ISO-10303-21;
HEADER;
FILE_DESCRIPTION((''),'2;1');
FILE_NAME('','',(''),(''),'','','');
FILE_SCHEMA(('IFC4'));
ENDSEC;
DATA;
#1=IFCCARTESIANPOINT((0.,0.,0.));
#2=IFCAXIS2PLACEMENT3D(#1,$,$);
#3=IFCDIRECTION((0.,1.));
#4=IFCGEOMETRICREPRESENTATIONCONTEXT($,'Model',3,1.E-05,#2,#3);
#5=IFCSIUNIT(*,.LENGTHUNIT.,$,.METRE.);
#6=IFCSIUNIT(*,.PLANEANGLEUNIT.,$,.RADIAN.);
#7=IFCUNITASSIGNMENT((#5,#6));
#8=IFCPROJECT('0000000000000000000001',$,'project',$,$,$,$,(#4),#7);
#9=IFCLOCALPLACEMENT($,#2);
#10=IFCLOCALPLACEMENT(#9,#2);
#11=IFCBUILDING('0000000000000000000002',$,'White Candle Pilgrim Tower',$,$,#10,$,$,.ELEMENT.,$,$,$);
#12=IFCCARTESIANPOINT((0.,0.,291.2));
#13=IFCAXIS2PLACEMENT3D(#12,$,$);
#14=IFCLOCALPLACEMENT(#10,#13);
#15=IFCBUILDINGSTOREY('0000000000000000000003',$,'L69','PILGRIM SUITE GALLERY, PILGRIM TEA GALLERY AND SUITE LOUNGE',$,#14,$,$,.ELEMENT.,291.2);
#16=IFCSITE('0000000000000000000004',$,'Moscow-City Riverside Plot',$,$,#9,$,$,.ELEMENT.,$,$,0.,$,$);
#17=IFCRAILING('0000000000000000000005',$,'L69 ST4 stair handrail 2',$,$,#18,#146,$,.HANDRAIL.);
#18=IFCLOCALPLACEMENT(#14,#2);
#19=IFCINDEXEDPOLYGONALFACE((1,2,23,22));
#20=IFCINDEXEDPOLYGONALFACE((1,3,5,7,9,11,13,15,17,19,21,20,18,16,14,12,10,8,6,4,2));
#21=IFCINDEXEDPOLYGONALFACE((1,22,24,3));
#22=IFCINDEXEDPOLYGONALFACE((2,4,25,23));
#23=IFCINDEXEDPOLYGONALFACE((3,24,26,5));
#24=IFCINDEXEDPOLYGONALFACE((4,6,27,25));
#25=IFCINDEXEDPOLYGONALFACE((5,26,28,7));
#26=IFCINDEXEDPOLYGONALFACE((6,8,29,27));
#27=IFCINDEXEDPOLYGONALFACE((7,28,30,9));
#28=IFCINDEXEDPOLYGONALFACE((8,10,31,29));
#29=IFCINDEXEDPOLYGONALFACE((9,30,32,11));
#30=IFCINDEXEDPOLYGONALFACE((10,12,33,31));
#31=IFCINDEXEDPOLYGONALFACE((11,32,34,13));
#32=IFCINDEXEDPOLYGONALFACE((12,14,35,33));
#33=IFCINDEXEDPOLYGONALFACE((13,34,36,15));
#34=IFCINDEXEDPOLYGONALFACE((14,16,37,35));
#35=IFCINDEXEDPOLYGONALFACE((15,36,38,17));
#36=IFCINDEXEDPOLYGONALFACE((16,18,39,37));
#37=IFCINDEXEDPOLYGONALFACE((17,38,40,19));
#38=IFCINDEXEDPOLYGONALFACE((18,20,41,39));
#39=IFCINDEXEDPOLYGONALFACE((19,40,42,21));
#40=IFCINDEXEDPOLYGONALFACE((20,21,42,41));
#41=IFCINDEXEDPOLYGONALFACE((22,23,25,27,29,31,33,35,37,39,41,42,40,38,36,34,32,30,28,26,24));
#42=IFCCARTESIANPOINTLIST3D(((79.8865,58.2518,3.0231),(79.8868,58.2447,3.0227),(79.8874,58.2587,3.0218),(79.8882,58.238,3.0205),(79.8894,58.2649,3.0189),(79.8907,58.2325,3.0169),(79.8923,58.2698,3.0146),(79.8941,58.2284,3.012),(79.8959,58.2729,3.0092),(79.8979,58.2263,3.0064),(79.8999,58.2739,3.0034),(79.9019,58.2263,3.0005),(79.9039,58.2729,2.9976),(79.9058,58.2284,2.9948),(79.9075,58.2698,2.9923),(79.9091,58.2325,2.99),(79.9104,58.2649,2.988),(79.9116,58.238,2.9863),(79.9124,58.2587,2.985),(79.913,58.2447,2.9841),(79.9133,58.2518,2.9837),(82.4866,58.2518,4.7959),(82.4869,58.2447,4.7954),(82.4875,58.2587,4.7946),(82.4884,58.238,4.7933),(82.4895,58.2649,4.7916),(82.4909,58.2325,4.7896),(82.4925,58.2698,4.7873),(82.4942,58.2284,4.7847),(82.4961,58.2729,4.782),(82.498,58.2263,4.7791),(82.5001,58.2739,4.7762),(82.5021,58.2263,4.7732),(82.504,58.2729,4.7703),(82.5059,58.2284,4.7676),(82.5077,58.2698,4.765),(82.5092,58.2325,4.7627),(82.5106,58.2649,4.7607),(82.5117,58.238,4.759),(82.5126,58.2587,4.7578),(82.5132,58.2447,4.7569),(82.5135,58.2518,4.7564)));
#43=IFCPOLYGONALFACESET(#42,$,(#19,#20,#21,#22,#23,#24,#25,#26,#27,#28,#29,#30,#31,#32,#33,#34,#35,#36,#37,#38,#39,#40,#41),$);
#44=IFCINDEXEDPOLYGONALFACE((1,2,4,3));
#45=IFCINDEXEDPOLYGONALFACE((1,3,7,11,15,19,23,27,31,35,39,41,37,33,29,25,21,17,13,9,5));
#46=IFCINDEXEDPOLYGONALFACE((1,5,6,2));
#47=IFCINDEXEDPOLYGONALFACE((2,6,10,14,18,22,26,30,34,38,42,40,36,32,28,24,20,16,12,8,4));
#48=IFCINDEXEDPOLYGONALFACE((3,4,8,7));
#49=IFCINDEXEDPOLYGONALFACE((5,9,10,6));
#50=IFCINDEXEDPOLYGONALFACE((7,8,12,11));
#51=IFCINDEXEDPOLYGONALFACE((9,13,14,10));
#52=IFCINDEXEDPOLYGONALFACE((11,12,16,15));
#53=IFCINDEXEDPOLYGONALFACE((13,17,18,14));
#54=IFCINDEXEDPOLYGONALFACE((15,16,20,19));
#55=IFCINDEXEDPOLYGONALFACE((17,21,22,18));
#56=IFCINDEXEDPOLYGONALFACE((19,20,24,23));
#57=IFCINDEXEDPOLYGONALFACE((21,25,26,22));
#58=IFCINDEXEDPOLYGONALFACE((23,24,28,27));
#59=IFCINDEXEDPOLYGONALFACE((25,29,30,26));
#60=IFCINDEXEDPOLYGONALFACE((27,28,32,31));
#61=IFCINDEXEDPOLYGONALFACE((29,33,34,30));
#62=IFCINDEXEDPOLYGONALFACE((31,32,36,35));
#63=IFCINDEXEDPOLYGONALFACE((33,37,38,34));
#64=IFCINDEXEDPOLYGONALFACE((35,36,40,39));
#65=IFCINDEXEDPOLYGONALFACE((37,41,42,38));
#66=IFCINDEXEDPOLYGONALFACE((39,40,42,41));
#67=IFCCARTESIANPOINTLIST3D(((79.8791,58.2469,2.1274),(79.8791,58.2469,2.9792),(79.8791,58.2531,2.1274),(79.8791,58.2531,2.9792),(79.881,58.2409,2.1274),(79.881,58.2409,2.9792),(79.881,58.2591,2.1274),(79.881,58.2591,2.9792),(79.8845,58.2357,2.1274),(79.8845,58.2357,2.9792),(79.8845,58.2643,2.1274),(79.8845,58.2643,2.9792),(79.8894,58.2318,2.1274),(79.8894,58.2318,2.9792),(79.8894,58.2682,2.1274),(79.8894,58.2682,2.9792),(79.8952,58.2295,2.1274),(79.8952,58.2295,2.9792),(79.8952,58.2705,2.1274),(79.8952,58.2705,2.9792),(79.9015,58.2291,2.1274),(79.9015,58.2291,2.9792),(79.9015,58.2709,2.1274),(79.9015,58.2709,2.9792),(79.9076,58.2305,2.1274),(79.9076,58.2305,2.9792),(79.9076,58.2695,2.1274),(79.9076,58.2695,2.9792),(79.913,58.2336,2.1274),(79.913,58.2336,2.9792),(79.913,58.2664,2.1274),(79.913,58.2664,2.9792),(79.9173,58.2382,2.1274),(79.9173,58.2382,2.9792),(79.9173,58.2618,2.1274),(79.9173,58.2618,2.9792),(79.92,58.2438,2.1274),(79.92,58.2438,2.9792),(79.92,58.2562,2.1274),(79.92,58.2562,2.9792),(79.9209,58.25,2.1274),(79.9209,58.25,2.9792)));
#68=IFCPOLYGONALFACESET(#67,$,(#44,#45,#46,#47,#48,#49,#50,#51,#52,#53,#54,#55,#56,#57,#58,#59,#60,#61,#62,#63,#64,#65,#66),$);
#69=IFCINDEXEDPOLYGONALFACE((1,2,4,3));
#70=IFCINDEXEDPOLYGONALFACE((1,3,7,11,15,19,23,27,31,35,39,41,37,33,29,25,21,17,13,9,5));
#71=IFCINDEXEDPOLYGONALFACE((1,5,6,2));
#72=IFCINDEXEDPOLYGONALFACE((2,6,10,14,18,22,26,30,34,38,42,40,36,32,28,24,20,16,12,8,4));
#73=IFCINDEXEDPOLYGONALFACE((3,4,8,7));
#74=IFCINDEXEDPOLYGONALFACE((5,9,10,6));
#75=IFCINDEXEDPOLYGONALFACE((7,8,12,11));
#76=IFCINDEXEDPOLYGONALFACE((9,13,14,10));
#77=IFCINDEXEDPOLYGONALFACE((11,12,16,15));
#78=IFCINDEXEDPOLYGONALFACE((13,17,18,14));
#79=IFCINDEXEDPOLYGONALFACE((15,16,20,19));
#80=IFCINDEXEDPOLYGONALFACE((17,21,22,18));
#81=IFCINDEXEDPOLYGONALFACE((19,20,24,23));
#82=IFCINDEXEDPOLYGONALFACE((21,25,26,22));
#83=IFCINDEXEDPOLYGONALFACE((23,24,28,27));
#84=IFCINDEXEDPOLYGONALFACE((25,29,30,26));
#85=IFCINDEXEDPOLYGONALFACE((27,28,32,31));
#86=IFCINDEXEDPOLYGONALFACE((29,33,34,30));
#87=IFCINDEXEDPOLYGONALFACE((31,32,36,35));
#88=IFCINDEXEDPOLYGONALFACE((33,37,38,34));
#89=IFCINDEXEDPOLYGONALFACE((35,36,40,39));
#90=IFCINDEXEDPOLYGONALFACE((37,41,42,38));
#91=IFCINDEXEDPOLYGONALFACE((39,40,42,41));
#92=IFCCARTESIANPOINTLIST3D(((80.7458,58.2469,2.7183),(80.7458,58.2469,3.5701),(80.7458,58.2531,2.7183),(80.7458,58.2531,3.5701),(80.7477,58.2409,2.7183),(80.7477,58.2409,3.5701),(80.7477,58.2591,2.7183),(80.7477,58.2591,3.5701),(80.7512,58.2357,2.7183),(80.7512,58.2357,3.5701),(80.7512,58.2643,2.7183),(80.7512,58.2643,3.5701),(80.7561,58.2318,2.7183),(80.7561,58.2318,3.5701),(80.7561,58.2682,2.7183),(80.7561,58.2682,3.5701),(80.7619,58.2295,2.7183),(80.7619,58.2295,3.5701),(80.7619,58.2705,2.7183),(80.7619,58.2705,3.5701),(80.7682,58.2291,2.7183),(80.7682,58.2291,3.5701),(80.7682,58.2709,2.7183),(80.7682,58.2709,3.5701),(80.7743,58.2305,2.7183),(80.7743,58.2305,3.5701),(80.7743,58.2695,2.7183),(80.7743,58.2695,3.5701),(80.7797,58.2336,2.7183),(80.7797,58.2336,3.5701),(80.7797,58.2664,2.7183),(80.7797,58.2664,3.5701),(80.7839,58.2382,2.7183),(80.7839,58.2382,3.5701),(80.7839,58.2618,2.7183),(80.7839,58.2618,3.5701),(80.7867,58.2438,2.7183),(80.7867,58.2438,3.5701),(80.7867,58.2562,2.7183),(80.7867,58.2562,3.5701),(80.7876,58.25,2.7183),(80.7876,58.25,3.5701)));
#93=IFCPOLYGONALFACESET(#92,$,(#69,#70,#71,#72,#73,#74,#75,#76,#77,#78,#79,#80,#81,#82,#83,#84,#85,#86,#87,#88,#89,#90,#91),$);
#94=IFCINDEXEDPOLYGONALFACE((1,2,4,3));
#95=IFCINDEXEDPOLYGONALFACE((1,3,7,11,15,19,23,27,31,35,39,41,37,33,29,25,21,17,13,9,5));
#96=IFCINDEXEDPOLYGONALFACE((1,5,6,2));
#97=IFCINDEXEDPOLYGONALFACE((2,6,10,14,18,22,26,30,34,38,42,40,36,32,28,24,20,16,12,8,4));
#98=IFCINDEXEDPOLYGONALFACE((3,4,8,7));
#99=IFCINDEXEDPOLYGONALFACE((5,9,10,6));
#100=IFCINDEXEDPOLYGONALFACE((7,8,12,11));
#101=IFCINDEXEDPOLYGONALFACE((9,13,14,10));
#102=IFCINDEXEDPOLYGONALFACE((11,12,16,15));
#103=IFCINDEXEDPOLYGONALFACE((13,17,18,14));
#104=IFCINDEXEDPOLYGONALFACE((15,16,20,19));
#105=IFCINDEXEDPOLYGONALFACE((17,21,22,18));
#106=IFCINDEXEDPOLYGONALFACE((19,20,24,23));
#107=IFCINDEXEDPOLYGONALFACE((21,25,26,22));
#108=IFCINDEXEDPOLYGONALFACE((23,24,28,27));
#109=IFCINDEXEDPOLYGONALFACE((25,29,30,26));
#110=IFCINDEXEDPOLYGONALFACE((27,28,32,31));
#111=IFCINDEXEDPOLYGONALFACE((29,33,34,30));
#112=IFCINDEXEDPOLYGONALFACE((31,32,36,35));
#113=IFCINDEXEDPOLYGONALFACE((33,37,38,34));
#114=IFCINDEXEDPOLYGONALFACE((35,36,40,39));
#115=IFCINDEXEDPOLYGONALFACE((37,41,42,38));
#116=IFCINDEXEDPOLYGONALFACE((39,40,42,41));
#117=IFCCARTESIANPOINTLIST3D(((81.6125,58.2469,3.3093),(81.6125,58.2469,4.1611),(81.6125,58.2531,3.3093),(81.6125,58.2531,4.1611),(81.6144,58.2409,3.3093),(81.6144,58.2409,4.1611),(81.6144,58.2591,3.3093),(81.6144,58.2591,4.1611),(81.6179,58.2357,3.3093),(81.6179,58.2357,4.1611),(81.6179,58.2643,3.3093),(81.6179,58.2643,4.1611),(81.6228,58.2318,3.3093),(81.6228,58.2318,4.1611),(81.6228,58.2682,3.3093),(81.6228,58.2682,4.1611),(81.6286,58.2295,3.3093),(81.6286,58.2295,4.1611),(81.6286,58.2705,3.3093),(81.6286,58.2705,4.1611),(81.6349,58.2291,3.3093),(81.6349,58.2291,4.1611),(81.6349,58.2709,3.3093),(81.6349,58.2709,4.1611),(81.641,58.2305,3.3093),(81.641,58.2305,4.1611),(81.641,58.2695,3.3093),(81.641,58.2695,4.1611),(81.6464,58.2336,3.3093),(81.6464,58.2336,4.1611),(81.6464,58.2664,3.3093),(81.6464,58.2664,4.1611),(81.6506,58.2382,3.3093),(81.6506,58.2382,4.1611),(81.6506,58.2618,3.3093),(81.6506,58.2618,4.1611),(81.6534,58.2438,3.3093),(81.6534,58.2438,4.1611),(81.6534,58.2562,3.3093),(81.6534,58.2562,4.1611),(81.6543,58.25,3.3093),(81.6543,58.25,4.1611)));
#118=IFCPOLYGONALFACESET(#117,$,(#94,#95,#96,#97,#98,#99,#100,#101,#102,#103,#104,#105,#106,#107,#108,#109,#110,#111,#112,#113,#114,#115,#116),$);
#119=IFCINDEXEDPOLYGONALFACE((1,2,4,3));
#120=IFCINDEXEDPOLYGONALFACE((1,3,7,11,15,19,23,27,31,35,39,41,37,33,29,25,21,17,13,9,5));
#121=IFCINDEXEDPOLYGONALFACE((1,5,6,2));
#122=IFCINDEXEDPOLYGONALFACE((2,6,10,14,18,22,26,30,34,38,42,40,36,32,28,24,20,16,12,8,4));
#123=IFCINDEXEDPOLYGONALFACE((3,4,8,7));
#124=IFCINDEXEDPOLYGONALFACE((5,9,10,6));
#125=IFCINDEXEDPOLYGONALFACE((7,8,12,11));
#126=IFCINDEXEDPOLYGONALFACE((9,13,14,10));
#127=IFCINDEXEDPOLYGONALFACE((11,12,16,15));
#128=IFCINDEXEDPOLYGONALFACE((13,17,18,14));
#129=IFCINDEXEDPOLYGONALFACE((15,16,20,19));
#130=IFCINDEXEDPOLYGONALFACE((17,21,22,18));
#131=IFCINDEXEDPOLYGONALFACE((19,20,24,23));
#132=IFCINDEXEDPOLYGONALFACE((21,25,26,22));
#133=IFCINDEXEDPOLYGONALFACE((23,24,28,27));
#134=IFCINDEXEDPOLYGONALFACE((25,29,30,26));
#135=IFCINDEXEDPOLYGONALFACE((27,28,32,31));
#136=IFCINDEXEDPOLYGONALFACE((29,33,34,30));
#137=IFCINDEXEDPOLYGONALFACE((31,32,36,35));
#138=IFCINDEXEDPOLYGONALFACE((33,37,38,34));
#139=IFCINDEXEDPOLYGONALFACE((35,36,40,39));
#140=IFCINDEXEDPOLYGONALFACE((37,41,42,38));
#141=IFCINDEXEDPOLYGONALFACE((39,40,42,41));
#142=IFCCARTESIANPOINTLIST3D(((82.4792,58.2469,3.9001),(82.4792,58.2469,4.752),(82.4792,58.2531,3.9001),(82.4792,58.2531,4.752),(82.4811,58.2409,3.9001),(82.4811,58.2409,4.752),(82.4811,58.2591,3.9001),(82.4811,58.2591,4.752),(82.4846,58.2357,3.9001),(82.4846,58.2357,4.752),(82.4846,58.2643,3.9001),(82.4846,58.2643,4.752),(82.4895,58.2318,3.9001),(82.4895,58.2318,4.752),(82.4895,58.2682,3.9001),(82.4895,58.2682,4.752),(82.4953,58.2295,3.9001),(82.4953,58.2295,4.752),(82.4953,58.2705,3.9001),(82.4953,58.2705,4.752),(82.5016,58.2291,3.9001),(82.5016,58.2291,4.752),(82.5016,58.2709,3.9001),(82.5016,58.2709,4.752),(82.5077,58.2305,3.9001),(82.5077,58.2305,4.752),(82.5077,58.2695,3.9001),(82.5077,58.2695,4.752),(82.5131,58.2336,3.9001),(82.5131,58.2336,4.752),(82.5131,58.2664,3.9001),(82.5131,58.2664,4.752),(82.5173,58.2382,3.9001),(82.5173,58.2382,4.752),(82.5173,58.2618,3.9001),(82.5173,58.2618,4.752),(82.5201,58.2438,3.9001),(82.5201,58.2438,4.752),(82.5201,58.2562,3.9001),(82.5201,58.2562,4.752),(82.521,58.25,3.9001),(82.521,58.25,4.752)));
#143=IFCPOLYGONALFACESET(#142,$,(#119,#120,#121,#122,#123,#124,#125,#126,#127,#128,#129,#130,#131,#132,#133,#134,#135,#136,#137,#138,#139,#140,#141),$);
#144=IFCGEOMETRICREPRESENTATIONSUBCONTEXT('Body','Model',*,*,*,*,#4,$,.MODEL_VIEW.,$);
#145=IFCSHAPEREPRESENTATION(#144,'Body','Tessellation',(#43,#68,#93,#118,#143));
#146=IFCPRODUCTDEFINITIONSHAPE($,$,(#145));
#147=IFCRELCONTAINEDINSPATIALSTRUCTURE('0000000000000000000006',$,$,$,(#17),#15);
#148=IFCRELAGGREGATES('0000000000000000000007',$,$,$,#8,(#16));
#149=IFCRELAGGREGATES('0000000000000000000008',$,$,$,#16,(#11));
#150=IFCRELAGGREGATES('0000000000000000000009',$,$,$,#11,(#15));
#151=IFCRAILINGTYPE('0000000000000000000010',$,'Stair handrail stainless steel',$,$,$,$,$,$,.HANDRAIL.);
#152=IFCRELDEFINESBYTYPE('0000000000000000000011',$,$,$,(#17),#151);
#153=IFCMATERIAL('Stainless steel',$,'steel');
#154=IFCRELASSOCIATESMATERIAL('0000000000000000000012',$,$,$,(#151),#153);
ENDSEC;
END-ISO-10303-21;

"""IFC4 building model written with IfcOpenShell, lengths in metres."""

from ifc_helpers import new_model, si_unit, direction, frame, origin, origin_2d, place, context, subcontext, project, spatial, circle, extrude, material, type_object, element, save


model = new_model("IFC4")

# Units and contexts
model_context = context("Model", 3, precision=1e-05, world=origin(), true_north=direction((0.0, 1.0)))
body_context = subcontext(model_context, "Body", "Model", "MODEL_VIEW")
ifc_project = project(units=[si_unit("LENGTHUNIT", "METRE"), si_unit("PLANEANGLEUNIT", "RADIAN")], contexts=[model_context])

# Site, building, storey
site_placement = place(None, origin())
site = spatial("IfcSite", under=ifc_project, at=site_placement, Name="Moscow-City Riverside Plot", CompositionType="ELEMENT", RefElevation=0.0)
building_placement = place(site_placement, origin())
building = spatial("IfcBuilding", under=site, at=building_placement, Name="White Candle Pilgrim Tower", CompositionType="ELEMENT")
storey_placement = place(building_placement, frame((0.0, 0.0, 291.2)))
storey = spatial("IfcBuildingStorey", under=building, at=storey_placement, Name="L69", Description="PILGRIM SUITE GALLERY, PILGRIM TEA GALLERY AND SUITE LOUNGE", CompositionType="ELEMENT", Elevation=291.2)

# Railing
ifc_material_1 = material(Name="Stainless steel", Category="steel")
railing_type_1 = type_object("IfcRailingType", Name="Stair handrail stainless steel", PredefinedType="HANDRAIL", material=ifc_material_1)
railing_1_placement = place(storey_placement, frame((79.8999, 58.25, 2.1274)))
element("IfcRailing", 1, at=railing_1_placement, inside=storey, type_object=railing_type_1, Name="L69 ST4 stair handrail 2", PredefinedType="HANDRAIL", context=body_context, shape_type="SweptSolid", body=[
    extrude(circle(Radius=0.0239, at=origin_2d()), frame((0.0, 0.0, 0.876), z_axis=(0.82624, 0.0, 0.563318), x_axis=(0.0, 1.0, 0.0)), (0.0, 0.0, 1.0), 3.147),
    extrude(circle(Radius=0.021, at=origin_2d()), origin(), (0.0, 0.0, 1.0), 0.8518),
    extrude(circle(Radius=0.021, at=origin_2d()), frame((0.8667, 0.0, 0.5908)), (0.0, 0.0, 1.0), 0.8518),
    extrude(circle(Radius=0.021, at=origin_2d()), frame((1.7334, 0.0, 1.1819)), (0.0, 0.0, 1.0), 0.8518),
    extrude(circle(Radius=0.021, at=origin_2d()), frame((2.6001, 0.0, 1.7727)), (0.0, 0.0, 1.0), 0.8518),
])

save(model, "model.ifc")
